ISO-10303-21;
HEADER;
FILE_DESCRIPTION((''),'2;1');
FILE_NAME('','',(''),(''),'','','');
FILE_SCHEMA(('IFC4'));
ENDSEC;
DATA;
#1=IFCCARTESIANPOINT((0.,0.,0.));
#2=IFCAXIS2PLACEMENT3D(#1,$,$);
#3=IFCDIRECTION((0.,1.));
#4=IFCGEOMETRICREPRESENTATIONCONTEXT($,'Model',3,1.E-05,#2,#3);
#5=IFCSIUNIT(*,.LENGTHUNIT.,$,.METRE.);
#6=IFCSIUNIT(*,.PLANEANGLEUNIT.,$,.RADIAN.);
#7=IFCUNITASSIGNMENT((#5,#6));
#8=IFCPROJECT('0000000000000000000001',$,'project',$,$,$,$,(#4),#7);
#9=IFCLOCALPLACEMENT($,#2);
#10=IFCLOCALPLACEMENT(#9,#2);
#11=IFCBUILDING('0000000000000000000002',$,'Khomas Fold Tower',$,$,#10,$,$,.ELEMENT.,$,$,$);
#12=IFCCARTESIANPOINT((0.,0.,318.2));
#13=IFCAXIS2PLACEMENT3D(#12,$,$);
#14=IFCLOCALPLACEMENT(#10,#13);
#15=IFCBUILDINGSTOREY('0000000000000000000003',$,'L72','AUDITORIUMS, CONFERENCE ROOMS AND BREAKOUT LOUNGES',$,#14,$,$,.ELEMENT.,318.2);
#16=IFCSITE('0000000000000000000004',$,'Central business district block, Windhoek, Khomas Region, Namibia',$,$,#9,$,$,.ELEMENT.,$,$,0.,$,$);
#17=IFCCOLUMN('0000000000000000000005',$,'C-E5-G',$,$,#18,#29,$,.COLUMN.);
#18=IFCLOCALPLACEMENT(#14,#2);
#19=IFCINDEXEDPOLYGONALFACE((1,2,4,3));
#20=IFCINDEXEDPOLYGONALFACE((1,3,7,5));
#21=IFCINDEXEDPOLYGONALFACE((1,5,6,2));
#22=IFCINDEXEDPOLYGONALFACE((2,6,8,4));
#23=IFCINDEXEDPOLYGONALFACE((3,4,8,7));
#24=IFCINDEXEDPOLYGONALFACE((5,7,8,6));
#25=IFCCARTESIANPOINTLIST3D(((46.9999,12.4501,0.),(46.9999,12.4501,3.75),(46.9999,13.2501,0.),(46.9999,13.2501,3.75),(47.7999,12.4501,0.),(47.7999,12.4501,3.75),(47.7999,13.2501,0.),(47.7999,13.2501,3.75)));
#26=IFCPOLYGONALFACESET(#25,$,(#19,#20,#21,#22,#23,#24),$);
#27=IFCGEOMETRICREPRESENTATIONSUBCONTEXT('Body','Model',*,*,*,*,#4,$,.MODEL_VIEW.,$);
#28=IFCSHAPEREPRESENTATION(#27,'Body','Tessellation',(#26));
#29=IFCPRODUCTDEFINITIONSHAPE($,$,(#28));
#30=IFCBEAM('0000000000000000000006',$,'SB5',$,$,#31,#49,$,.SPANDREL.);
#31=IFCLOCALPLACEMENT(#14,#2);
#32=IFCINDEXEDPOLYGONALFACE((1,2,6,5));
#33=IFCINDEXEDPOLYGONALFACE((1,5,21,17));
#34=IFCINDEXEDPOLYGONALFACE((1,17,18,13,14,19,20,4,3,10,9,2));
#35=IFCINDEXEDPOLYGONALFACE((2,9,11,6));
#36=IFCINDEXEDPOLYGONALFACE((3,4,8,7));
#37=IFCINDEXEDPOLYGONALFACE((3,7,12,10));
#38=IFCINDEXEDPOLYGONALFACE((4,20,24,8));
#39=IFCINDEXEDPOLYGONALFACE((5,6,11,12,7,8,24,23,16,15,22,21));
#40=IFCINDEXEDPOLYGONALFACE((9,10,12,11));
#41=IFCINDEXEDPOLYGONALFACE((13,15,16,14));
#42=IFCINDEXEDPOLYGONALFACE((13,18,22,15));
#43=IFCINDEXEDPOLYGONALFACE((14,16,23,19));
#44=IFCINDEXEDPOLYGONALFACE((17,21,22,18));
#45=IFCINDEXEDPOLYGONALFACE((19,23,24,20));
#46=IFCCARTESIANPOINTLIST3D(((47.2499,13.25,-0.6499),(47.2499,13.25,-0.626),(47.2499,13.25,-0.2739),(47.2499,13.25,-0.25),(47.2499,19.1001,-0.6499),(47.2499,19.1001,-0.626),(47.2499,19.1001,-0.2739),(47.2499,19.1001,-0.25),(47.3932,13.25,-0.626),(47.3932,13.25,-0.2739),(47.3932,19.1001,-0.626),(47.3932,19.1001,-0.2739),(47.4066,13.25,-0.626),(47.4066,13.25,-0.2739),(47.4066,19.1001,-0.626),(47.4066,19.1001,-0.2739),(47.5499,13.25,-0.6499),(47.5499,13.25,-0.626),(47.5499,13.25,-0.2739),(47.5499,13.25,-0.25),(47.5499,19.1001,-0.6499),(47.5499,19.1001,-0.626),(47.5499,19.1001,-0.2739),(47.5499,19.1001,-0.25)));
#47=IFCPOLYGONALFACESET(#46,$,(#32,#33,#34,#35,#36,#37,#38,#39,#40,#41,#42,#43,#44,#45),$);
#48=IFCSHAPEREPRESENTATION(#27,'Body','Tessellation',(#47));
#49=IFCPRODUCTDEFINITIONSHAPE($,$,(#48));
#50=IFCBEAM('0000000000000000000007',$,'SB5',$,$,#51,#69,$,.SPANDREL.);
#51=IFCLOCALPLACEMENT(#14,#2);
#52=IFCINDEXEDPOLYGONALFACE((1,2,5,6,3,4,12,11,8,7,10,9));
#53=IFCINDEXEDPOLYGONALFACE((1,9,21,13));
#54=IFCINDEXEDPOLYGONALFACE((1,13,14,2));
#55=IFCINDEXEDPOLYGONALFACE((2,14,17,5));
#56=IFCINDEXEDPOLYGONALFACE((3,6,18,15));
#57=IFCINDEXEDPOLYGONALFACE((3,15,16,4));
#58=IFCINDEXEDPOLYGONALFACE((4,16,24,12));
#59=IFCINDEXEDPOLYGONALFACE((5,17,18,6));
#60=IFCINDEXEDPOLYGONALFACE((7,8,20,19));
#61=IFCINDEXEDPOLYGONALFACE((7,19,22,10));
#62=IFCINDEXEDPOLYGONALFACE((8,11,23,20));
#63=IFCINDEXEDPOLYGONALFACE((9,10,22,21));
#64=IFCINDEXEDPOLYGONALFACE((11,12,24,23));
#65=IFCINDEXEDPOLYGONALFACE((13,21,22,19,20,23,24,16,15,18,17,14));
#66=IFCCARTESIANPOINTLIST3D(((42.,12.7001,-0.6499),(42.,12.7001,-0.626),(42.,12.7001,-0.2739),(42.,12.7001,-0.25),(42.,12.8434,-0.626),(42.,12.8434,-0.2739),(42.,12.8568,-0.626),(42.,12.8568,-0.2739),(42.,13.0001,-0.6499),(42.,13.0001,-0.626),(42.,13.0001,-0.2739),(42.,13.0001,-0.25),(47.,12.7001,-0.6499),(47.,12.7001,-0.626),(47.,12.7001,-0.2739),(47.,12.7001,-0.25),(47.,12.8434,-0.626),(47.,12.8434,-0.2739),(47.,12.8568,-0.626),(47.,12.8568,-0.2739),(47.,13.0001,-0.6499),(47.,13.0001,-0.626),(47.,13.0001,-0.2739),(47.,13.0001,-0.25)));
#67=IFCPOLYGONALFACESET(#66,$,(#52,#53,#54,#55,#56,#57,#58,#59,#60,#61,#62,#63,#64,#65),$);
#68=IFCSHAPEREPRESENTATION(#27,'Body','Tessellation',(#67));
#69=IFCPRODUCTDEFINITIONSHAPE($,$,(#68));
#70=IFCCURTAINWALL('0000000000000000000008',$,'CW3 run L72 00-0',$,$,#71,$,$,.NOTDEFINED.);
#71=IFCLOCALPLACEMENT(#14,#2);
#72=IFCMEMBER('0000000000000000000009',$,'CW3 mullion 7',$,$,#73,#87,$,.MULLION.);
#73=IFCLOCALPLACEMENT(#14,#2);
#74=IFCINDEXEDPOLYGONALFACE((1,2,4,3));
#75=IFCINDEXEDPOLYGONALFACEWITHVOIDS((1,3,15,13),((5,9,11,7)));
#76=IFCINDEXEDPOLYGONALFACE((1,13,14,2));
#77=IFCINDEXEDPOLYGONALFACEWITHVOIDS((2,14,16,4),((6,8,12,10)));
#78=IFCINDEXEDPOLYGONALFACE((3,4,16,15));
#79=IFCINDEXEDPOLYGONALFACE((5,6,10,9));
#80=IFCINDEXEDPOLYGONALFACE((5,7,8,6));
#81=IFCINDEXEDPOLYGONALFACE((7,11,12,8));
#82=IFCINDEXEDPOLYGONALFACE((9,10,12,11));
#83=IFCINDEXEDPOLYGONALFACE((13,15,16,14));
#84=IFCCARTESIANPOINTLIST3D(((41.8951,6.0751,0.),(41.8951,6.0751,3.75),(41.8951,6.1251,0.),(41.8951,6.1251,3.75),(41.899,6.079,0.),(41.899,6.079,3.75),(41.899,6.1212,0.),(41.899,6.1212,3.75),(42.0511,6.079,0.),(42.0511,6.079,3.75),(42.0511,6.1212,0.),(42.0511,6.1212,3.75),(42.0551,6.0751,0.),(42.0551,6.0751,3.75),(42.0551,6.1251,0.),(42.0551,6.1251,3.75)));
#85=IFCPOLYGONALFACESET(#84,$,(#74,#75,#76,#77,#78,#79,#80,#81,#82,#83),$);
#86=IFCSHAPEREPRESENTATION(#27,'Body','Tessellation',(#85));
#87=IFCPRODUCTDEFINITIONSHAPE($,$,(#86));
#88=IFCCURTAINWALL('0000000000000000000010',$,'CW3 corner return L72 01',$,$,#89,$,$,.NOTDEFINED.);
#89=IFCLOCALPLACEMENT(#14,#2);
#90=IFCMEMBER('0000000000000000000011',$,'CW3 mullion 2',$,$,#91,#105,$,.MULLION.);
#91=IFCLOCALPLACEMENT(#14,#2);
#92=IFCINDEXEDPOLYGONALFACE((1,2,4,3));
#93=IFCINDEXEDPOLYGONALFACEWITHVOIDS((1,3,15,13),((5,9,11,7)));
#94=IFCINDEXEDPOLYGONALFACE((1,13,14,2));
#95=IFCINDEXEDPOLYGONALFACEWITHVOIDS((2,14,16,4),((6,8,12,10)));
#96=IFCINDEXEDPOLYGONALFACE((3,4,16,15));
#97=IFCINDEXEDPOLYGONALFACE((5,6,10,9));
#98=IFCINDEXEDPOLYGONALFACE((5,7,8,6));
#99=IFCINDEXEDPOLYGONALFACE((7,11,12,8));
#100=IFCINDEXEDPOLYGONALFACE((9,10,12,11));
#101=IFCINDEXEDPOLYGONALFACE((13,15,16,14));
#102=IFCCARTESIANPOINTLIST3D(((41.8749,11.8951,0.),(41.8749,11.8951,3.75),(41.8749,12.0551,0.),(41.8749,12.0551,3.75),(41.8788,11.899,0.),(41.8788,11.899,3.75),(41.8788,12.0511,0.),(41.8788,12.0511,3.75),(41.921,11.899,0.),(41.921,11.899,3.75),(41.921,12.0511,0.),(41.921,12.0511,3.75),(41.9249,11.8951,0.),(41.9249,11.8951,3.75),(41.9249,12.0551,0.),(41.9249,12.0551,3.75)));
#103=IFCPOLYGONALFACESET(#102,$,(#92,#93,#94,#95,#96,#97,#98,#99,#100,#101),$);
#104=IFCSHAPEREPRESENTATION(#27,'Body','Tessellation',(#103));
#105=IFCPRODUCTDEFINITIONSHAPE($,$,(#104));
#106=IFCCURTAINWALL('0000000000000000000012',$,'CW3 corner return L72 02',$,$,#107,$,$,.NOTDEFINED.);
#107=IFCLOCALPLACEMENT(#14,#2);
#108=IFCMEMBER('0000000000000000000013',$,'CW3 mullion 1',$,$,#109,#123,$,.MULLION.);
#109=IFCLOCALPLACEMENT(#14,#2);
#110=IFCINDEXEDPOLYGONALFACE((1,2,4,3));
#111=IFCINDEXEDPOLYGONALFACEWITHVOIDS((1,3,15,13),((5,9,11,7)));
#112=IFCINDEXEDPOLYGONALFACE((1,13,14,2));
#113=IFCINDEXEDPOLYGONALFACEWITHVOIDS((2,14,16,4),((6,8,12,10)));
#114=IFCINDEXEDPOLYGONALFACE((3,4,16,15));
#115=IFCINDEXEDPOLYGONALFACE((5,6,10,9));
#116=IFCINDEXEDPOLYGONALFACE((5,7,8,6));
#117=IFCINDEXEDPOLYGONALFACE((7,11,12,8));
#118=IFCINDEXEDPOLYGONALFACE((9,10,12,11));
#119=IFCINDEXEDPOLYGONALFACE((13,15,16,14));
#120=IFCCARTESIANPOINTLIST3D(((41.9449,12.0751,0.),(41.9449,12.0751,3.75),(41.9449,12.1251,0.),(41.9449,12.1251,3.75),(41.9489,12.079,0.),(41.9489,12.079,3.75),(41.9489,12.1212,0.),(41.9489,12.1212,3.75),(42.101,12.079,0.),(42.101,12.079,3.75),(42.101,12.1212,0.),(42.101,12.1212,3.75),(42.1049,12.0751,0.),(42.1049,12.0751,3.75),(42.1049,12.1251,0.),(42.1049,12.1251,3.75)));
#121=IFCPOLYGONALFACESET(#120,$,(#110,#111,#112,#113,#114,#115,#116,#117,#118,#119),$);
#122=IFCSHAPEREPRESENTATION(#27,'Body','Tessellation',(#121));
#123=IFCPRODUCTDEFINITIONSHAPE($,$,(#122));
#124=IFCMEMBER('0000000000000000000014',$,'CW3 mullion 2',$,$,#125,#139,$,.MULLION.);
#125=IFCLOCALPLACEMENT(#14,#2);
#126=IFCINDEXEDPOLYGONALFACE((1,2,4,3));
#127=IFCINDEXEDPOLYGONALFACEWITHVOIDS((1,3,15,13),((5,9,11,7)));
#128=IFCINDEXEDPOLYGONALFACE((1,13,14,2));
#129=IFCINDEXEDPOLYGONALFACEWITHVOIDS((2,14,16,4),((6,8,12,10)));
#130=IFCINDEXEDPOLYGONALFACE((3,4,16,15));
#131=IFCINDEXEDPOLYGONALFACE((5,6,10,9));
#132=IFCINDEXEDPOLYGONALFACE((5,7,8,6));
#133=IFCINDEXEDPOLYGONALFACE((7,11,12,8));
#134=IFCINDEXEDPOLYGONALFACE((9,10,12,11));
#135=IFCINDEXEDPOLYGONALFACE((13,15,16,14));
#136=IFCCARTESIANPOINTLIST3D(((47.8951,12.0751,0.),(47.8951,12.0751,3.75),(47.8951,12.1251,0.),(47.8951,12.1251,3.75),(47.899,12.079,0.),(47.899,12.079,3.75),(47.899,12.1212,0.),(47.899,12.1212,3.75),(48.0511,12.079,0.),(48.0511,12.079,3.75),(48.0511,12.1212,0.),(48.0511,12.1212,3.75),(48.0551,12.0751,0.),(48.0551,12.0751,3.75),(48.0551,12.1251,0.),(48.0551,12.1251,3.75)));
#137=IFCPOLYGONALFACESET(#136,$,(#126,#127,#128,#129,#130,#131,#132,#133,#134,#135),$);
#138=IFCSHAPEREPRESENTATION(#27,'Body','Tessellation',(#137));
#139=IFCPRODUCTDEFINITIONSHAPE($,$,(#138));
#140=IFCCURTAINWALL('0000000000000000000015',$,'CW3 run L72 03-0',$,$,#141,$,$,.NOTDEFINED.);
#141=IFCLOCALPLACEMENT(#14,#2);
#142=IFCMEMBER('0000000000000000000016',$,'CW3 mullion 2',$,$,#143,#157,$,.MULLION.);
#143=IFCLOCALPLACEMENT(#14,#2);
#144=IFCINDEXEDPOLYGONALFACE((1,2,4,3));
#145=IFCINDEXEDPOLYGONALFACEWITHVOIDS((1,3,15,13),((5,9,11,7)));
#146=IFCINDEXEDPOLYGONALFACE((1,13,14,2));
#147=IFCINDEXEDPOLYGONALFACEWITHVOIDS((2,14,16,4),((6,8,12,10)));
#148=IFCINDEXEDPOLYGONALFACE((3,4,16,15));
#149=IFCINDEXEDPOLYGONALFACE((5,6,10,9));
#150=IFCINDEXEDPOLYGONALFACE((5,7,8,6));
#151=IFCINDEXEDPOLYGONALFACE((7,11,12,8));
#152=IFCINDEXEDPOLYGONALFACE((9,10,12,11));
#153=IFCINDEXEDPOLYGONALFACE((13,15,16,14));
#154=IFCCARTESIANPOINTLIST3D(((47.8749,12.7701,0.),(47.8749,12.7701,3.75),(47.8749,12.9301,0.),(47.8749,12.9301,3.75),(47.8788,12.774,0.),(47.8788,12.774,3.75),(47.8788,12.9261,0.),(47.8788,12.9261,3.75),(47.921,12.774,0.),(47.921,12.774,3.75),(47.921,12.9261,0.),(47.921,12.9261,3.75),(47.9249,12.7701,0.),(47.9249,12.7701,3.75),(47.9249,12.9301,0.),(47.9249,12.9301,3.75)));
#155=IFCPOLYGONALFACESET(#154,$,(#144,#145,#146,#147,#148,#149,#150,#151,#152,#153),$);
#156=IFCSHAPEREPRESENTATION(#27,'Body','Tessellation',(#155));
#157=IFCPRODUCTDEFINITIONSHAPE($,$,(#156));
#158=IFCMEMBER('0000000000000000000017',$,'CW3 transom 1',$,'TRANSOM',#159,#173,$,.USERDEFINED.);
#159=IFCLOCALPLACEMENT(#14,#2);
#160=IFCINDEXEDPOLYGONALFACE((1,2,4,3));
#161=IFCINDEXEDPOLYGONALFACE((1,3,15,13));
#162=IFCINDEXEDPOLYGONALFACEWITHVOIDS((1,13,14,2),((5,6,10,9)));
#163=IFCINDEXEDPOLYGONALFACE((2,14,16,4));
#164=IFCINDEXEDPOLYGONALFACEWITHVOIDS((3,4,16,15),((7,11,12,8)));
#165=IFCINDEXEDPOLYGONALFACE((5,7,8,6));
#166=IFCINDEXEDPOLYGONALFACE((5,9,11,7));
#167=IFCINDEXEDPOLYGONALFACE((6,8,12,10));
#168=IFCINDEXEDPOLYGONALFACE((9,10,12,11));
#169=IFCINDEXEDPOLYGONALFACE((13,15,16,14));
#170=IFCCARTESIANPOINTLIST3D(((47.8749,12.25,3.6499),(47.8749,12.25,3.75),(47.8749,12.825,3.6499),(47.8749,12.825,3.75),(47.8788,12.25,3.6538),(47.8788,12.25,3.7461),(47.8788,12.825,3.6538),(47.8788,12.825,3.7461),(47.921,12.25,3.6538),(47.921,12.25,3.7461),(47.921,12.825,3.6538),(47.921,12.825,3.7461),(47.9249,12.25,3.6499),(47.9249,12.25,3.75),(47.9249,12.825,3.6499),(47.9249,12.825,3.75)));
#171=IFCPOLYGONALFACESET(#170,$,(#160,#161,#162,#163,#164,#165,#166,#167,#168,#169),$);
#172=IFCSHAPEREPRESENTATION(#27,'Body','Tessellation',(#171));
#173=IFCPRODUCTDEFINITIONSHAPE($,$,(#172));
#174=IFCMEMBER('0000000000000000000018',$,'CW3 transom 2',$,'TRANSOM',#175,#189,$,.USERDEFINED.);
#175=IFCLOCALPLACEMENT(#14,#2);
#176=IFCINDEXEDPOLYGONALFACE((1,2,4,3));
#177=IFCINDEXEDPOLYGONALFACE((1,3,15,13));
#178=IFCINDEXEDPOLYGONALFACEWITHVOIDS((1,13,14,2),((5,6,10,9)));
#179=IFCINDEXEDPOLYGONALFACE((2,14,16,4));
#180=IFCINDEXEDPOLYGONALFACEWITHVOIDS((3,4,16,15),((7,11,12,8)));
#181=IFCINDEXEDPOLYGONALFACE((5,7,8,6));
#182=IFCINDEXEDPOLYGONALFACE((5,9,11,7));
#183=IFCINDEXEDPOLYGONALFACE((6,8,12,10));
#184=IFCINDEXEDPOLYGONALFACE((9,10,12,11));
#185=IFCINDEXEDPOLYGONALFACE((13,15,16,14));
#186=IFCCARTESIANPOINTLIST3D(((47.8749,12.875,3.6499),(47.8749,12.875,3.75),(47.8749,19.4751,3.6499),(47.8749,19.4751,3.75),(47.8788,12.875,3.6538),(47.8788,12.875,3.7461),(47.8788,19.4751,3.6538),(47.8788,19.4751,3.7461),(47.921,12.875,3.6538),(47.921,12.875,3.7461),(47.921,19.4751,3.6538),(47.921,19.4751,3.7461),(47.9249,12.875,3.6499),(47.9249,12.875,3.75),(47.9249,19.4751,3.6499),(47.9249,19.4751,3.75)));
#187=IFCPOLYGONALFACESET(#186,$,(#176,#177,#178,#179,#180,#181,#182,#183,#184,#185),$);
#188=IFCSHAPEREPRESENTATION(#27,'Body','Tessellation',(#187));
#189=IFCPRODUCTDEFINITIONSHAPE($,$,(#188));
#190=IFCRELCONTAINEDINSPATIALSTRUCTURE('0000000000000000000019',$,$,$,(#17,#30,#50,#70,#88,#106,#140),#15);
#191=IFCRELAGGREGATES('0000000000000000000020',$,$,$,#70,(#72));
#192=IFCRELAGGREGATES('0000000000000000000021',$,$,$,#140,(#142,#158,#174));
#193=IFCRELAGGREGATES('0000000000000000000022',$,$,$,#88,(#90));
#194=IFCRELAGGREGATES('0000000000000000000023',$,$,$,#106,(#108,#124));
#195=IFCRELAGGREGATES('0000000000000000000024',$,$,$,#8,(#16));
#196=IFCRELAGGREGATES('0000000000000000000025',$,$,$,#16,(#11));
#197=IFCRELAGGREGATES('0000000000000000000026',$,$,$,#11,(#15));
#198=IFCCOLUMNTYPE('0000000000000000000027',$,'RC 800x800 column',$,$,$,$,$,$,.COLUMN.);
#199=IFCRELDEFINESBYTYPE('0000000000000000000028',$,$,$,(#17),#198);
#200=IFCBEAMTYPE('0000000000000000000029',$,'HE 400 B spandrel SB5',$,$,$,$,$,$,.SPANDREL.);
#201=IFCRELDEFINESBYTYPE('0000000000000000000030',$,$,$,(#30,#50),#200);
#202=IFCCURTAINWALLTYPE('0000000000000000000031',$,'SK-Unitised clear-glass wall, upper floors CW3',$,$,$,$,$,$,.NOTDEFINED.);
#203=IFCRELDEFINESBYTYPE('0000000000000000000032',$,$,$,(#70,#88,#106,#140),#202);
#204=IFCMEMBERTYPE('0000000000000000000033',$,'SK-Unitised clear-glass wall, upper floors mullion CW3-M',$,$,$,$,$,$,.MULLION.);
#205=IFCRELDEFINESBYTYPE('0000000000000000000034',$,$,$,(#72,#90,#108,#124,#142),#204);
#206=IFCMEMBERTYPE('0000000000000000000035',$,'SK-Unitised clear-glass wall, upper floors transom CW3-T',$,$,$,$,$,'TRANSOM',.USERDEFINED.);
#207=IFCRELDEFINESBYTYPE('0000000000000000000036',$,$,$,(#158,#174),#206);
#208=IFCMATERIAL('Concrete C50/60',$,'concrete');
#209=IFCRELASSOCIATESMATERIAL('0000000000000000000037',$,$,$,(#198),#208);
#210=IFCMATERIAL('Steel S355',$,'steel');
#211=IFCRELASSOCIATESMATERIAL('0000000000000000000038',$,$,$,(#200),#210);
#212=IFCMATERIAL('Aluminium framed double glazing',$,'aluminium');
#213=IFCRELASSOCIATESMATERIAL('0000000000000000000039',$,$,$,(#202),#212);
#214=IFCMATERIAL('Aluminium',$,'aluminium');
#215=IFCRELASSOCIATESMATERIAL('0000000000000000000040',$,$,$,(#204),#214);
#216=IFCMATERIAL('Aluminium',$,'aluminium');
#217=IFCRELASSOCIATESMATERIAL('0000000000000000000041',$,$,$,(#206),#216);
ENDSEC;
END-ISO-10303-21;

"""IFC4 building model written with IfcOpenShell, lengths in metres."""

from ifc_helpers import new_model, si_unit, direction, frame, origin, origin_2d, place, context, subcontext, project, spatial, rectangle, hollow_rectangle, i_section, extrude, source, transform, mapped, material, material_profile, profile_set, type_object, element, aggregate, save


model = new_model("IFC4")

# Units and contexts
model_context = context("Model", 3, precision=1e-05, world=origin(), true_north=direction((0.0, 1.0)))
body_context = subcontext(model_context, "Body", "Model", "MODEL_VIEW")
ifc_project = project(units=[si_unit("LENGTHUNIT", "METRE"), si_unit("PLANEANGLEUNIT", "RADIAN")], contexts=[model_context])

# Site, building, storey
site_placement = place(None, origin())
site = spatial("IfcSite", under=ifc_project, at=site_placement, Name="Central business district block, Windhoek, Khomas Region, Namibia", CompositionType="ELEMENT", RefElevation=0.0)
building_placement = place(site_placement, origin())
building = spatial("IfcBuilding", under=site, at=building_placement, Name="Khomas Fold Tower", CompositionType="ELEMENT")
storey_placement = place(building_placement, frame((0.0, 0.0, 318.2)))
storey = spatial("IfcBuildingStorey", under=building, at=storey_placement, Name="L72", Description="AUDITORIUMS, CONFERENCE ROOMS AND BREAKOUT LOUNGES", CompositionType="ELEMENT", Elevation=318.2)

# Column
ifc_material_1 = material(Name="Concrete C50/60", Category="concrete")
ifc_material_profile_1 = material_profile(ifc_material_1, rectangle(XDim=0.8, YDim=0.8, at=origin_2d()), Name="RC 800x800")
ifc_profile_set_1 = profile_set([ifc_material_profile_1], Name="Concrete C50/60")
column_type = type_object("IfcColumnType", Name="RC 800x800 column", PredefinedType="COLUMN", material=ifc_profile_set_1)
shared_shape_1 = source(origin(), body_context, "Body", "SweptSolid", [
    extrude(rectangle(XDim=0.8, YDim=0.8, at=origin_2d()), origin(), (0.0, 0.0, 1.0), 3.75),
])
column_placement = place(storey_placement, frame((47.3999, 12.8501, 0.0), z_axis=(0.0, 0.0, 1.0), x_axis=(1.0, 0.0, 0.0)))
element("IfcColumn", 1, at=column_placement, inside=storey, type_object=column_type, Name="C-E5-G", PredefinedType="COLUMN", context=body_context, shape_type="MappedRepresentation", body=[
    mapped(shared_shape_1, transform((0.0, 0.0, 0.0))),
])

# Beams
ifc_material_2 = material(Name="Steel S355", Category="steel")
ifc_material_profile_2 = material_profile(ifc_material_2, i_section(OverallWidth=0.3, OverallDepth=0.3999, WebThickness=0.0134, FlangeThickness=0.0239, at=origin_2d()), Name="HE 400 B")
ifc_profile_set_2 = profile_set([ifc_material_profile_2], Name="Steel S355")
beam_type = type_object("IfcBeamType", Name="HE 400 B spandrel SB5", PredefinedType="SPANDREL", material=ifc_profile_set_2)
shared_shape_2 = source(origin(), body_context, "Body", "SweptSolid", [
    extrude(i_section(OverallWidth=0.3, OverallDepth=0.3999, WebThickness=0.0134, FlangeThickness=0.0239, at=origin_2d()), origin(), (0.0, 0.0, 1.0), 5.8501),
])
beam_1_placement = place(storey_placement, frame((47.3999, 13.25, -0.45), z_axis=(0.0, 1.0, 0.0), x_axis=(-1.0, 0.0, 0.0)))
element("IfcBeam", 2, at=beam_1_placement, inside=storey, type_object=beam_type, Name="SB5", PredefinedType="SPANDREL", context=body_context, shape_type="MappedRepresentation", body=[
    mapped(shared_shape_2, transform((0.0, 0.0, 0.0))),
])
shared_shape_3 = source(origin(), body_context, "Body", "SweptSolid", [
    extrude(i_section(OverallWidth=0.3, OverallDepth=0.3999, WebThickness=0.0134, FlangeThickness=0.0239, at=origin_2d()), origin(), (0.0, 0.0, 1.0), 5.0),
])
beam_2_placement = place(storey_placement, frame((42.0, 12.8501, -0.45), z_axis=(1.0, 0.0, 0.0), x_axis=(0.0, 1.0, 0.0)))
element("IfcBeam", 3, at=beam_2_placement, inside=storey, type_object=beam_type, Name="SB5", PredefinedType="SPANDREL", context=body_context, shape_type="MappedRepresentation", body=[
    mapped(shared_shape_3, transform((0.0, 0.0, 0.0))),
])

# Curtain walls, members
ifc_material_3 = material(Name="Aluminium framed double glazing", Category="aluminium")
curtain_wall_type = type_object("IfcCurtainWallType", Name="SK-Unitised clear-glass wall, upper floors CW3", PredefinedType="NOTDEFINED", material=ifc_material_3)
curtain_wall_1_placement = place(storey_placement, origin())
curtain_wall_1 = element("IfcCurtainWall", 4, at=curtain_wall_1_placement, inside=storey, type_object=curtain_wall_type, Name="CW3 run L72 00-0", PredefinedType="NOTDEFINED")
ifc_material_4 = material(Name="Aluminium", Category="aluminium")
ifc_material_profile_3 = material_profile(ifc_material_4, hollow_rectangle(XDim=0.05, YDim=0.1599, WallThickness=0.0039, at=origin_2d()), Name="SK-Unitised clear-glass wall, upper floors mullion CW3-M")
ifc_profile_set_3 = profile_set([ifc_material_profile_3], Name="Aluminium")
member_type_1 = type_object("IfcMemberType", Name="SK-Unitised clear-glass wall, upper floors mullion CW3-M", PredefinedType="MULLION", material=ifc_profile_set_3)
shared_shape_4 = source(origin(), body_context, "Body", "SweptSolid", [
    extrude(hollow_rectangle(XDim=0.05, YDim=0.1599, WallThickness=0.0039, at=origin_2d()), origin(), (0.0, 0.0, 1.0), 3.75),
])
member_1_placement = place(storey_placement, frame((41.9751, 6.1001, 0.0), z_axis=(0.0, 0.0, 1.0), x_axis=(0.0, 1.0, 0.0)))
member_1 = element("IfcMember", 5, at=member_1_placement, type_object=member_type_1, Name="CW3 mullion 7", PredefinedType="MULLION", context=body_context, shape_type="MappedRepresentation", body=[
    mapped(shared_shape_4, transform((0.0, 0.0, 0.0))),
])
aggregate(curtain_wall_1, [member_1])
curtain_wall_2_placement = place(storey_placement, origin())
curtain_wall_2 = element("IfcCurtainWall", 6, at=curtain_wall_2_placement, inside=storey, type_object=curtain_wall_type, Name="CW3 corner return L72 01", PredefinedType="NOTDEFINED")
member_2_placement = place(storey_placement, frame((41.8999, 11.9751, 0.0), z_axis=(0.0, 0.0, 1.0), x_axis=(-1.0, 0.0, 0.0)))
member_2 = element("IfcMember", 7, at=member_2_placement, type_object=member_type_1, Name="CW3 mullion 2", PredefinedType="MULLION", context=body_context, shape_type="MappedRepresentation", body=[
    mapped(shared_shape_4, transform((0.0, 0.0, 0.0))),
])

# Curtain walls, members
curtain_wall_3_placement = place(storey_placement, origin())
curtain_wall_3 = element("IfcCurtainWall", 8, at=curtain_wall_3_placement, inside=storey, type_object=curtain_wall_type, Name="CW3 corner return L72 02", PredefinedType="NOTDEFINED")
member_3_placement = place(storey_placement, frame((42.0249, 12.1001, 0.0), z_axis=(0.0, 0.0, 1.0), x_axis=(0.0, 1.0, 0.0)))
member_3 = element("IfcMember", 9, at=member_3_placement, type_object=member_type_1, Name="CW3 mullion 1", PredefinedType="MULLION", context=body_context, shape_type="MappedRepresentation", body=[
    mapped(shared_shape_4, transform((0.0, 0.0, 0.0))),
])
member_4_placement = place(storey_placement, frame((47.9751, 12.1001, 0.0), z_axis=(0.0, 0.0, 1.0), x_axis=(0.0, 1.0, 0.0)))
member_4 = element("IfcMember", 10, at=member_4_placement, type_object=member_type_1, Name="CW3 mullion 2", PredefinedType="MULLION", context=body_context, shape_type="MappedRepresentation", body=[
    mapped(shared_shape_4, transform((0.0, 0.0, 0.0))),
])
curtain_wall_4_placement = place(storey_placement, origin())
curtain_wall_4 = element("IfcCurtainWall", 11, at=curtain_wall_4_placement, inside=storey, type_object=curtain_wall_type, Name="CW3 run L72 03-0", PredefinedType="NOTDEFINED")
member_5_placement = place(storey_placement, frame((47.8999, 12.8501, 0.0), z_axis=(0.0, 0.0, 1.0), x_axis=(-1.0, 0.0, 0.0)))
member_5 = element("IfcMember", 12, at=member_5_placement, type_object=member_type_1, Name="CW3 mullion 2", PredefinedType="MULLION", context=body_context, shape_type="MappedRepresentation", body=[
    mapped(shared_shape_4, transform((0.0, 0.0, 0.0))),
])
ifc_material_5 = material(Name="Aluminium", Category="aluminium")
ifc_material_profile_4 = material_profile(ifc_material_5, hollow_rectangle(XDim=0.05, YDim=0.1001, WallThickness=0.0039, at=origin_2d()), Name="SK-Unitised clear-glass wall, upper floors transom CW3-T")
ifc_profile_set_4 = profile_set([ifc_material_profile_4], Name="Aluminium")
member_type_2 = type_object("IfcMemberType", Name="SK-Unitised clear-glass wall, upper floors transom CW3-T", ElementType="TRANSOM", PredefinedType="USERDEFINED", material=ifc_profile_set_4)
shared_shape_5 = source(origin(), body_context, "Body", "SweptSolid", [
    extrude(hollow_rectangle(XDim=0.05, YDim=0.1001, WallThickness=0.0039, at=origin_2d()), origin(), (0.0, 0.0, 1.0), 0.575),
])
member_6_placement = place(storey_placement, frame((47.8999, 12.25, 3.7), z_axis=(0.0, 1.0, 0.0), x_axis=(-1.0, 0.0, 0.0)))
member_6 = element("IfcMember", 13, at=member_6_placement, type_object=member_type_2, Name="CW3 transom 1", ObjectType="TRANSOM", PredefinedType="USERDEFINED", context=body_context, shape_type="MappedRepresentation", body=[
    mapped(shared_shape_5, transform((0.0, 0.0, 0.0))),
])
shared_shape_6 = source(origin(), body_context, "Body", "SweptSolid", [
    extrude(hollow_rectangle(XDim=0.05, YDim=0.1001, WallThickness=0.0039, at=origin_2d()), origin(), (0.0, 0.0, 1.0), 6.6001),
])
member_7_placement = place(storey_placement, frame((47.8999, 12.875, 3.7), z_axis=(0.0, 1.0, 0.0), x_axis=(-1.0, 0.0, 0.0)))
member_7 = element("IfcMember", 14, at=member_7_placement, type_object=member_type_2, Name="CW3 transom 2", ObjectType="TRANSOM", PredefinedType="USERDEFINED", context=body_context, shape_type="MappedRepresentation", body=[
    mapped(shared_shape_6, transform((0.0, 0.0, 0.0))),
])

aggregate(curtain_wall_4, [member_5, member_6, member_7])
aggregate(curtain_wall_2, [member_2])
aggregate(curtain_wall_3, [member_3, member_4])

save(model, "model.ifc")
